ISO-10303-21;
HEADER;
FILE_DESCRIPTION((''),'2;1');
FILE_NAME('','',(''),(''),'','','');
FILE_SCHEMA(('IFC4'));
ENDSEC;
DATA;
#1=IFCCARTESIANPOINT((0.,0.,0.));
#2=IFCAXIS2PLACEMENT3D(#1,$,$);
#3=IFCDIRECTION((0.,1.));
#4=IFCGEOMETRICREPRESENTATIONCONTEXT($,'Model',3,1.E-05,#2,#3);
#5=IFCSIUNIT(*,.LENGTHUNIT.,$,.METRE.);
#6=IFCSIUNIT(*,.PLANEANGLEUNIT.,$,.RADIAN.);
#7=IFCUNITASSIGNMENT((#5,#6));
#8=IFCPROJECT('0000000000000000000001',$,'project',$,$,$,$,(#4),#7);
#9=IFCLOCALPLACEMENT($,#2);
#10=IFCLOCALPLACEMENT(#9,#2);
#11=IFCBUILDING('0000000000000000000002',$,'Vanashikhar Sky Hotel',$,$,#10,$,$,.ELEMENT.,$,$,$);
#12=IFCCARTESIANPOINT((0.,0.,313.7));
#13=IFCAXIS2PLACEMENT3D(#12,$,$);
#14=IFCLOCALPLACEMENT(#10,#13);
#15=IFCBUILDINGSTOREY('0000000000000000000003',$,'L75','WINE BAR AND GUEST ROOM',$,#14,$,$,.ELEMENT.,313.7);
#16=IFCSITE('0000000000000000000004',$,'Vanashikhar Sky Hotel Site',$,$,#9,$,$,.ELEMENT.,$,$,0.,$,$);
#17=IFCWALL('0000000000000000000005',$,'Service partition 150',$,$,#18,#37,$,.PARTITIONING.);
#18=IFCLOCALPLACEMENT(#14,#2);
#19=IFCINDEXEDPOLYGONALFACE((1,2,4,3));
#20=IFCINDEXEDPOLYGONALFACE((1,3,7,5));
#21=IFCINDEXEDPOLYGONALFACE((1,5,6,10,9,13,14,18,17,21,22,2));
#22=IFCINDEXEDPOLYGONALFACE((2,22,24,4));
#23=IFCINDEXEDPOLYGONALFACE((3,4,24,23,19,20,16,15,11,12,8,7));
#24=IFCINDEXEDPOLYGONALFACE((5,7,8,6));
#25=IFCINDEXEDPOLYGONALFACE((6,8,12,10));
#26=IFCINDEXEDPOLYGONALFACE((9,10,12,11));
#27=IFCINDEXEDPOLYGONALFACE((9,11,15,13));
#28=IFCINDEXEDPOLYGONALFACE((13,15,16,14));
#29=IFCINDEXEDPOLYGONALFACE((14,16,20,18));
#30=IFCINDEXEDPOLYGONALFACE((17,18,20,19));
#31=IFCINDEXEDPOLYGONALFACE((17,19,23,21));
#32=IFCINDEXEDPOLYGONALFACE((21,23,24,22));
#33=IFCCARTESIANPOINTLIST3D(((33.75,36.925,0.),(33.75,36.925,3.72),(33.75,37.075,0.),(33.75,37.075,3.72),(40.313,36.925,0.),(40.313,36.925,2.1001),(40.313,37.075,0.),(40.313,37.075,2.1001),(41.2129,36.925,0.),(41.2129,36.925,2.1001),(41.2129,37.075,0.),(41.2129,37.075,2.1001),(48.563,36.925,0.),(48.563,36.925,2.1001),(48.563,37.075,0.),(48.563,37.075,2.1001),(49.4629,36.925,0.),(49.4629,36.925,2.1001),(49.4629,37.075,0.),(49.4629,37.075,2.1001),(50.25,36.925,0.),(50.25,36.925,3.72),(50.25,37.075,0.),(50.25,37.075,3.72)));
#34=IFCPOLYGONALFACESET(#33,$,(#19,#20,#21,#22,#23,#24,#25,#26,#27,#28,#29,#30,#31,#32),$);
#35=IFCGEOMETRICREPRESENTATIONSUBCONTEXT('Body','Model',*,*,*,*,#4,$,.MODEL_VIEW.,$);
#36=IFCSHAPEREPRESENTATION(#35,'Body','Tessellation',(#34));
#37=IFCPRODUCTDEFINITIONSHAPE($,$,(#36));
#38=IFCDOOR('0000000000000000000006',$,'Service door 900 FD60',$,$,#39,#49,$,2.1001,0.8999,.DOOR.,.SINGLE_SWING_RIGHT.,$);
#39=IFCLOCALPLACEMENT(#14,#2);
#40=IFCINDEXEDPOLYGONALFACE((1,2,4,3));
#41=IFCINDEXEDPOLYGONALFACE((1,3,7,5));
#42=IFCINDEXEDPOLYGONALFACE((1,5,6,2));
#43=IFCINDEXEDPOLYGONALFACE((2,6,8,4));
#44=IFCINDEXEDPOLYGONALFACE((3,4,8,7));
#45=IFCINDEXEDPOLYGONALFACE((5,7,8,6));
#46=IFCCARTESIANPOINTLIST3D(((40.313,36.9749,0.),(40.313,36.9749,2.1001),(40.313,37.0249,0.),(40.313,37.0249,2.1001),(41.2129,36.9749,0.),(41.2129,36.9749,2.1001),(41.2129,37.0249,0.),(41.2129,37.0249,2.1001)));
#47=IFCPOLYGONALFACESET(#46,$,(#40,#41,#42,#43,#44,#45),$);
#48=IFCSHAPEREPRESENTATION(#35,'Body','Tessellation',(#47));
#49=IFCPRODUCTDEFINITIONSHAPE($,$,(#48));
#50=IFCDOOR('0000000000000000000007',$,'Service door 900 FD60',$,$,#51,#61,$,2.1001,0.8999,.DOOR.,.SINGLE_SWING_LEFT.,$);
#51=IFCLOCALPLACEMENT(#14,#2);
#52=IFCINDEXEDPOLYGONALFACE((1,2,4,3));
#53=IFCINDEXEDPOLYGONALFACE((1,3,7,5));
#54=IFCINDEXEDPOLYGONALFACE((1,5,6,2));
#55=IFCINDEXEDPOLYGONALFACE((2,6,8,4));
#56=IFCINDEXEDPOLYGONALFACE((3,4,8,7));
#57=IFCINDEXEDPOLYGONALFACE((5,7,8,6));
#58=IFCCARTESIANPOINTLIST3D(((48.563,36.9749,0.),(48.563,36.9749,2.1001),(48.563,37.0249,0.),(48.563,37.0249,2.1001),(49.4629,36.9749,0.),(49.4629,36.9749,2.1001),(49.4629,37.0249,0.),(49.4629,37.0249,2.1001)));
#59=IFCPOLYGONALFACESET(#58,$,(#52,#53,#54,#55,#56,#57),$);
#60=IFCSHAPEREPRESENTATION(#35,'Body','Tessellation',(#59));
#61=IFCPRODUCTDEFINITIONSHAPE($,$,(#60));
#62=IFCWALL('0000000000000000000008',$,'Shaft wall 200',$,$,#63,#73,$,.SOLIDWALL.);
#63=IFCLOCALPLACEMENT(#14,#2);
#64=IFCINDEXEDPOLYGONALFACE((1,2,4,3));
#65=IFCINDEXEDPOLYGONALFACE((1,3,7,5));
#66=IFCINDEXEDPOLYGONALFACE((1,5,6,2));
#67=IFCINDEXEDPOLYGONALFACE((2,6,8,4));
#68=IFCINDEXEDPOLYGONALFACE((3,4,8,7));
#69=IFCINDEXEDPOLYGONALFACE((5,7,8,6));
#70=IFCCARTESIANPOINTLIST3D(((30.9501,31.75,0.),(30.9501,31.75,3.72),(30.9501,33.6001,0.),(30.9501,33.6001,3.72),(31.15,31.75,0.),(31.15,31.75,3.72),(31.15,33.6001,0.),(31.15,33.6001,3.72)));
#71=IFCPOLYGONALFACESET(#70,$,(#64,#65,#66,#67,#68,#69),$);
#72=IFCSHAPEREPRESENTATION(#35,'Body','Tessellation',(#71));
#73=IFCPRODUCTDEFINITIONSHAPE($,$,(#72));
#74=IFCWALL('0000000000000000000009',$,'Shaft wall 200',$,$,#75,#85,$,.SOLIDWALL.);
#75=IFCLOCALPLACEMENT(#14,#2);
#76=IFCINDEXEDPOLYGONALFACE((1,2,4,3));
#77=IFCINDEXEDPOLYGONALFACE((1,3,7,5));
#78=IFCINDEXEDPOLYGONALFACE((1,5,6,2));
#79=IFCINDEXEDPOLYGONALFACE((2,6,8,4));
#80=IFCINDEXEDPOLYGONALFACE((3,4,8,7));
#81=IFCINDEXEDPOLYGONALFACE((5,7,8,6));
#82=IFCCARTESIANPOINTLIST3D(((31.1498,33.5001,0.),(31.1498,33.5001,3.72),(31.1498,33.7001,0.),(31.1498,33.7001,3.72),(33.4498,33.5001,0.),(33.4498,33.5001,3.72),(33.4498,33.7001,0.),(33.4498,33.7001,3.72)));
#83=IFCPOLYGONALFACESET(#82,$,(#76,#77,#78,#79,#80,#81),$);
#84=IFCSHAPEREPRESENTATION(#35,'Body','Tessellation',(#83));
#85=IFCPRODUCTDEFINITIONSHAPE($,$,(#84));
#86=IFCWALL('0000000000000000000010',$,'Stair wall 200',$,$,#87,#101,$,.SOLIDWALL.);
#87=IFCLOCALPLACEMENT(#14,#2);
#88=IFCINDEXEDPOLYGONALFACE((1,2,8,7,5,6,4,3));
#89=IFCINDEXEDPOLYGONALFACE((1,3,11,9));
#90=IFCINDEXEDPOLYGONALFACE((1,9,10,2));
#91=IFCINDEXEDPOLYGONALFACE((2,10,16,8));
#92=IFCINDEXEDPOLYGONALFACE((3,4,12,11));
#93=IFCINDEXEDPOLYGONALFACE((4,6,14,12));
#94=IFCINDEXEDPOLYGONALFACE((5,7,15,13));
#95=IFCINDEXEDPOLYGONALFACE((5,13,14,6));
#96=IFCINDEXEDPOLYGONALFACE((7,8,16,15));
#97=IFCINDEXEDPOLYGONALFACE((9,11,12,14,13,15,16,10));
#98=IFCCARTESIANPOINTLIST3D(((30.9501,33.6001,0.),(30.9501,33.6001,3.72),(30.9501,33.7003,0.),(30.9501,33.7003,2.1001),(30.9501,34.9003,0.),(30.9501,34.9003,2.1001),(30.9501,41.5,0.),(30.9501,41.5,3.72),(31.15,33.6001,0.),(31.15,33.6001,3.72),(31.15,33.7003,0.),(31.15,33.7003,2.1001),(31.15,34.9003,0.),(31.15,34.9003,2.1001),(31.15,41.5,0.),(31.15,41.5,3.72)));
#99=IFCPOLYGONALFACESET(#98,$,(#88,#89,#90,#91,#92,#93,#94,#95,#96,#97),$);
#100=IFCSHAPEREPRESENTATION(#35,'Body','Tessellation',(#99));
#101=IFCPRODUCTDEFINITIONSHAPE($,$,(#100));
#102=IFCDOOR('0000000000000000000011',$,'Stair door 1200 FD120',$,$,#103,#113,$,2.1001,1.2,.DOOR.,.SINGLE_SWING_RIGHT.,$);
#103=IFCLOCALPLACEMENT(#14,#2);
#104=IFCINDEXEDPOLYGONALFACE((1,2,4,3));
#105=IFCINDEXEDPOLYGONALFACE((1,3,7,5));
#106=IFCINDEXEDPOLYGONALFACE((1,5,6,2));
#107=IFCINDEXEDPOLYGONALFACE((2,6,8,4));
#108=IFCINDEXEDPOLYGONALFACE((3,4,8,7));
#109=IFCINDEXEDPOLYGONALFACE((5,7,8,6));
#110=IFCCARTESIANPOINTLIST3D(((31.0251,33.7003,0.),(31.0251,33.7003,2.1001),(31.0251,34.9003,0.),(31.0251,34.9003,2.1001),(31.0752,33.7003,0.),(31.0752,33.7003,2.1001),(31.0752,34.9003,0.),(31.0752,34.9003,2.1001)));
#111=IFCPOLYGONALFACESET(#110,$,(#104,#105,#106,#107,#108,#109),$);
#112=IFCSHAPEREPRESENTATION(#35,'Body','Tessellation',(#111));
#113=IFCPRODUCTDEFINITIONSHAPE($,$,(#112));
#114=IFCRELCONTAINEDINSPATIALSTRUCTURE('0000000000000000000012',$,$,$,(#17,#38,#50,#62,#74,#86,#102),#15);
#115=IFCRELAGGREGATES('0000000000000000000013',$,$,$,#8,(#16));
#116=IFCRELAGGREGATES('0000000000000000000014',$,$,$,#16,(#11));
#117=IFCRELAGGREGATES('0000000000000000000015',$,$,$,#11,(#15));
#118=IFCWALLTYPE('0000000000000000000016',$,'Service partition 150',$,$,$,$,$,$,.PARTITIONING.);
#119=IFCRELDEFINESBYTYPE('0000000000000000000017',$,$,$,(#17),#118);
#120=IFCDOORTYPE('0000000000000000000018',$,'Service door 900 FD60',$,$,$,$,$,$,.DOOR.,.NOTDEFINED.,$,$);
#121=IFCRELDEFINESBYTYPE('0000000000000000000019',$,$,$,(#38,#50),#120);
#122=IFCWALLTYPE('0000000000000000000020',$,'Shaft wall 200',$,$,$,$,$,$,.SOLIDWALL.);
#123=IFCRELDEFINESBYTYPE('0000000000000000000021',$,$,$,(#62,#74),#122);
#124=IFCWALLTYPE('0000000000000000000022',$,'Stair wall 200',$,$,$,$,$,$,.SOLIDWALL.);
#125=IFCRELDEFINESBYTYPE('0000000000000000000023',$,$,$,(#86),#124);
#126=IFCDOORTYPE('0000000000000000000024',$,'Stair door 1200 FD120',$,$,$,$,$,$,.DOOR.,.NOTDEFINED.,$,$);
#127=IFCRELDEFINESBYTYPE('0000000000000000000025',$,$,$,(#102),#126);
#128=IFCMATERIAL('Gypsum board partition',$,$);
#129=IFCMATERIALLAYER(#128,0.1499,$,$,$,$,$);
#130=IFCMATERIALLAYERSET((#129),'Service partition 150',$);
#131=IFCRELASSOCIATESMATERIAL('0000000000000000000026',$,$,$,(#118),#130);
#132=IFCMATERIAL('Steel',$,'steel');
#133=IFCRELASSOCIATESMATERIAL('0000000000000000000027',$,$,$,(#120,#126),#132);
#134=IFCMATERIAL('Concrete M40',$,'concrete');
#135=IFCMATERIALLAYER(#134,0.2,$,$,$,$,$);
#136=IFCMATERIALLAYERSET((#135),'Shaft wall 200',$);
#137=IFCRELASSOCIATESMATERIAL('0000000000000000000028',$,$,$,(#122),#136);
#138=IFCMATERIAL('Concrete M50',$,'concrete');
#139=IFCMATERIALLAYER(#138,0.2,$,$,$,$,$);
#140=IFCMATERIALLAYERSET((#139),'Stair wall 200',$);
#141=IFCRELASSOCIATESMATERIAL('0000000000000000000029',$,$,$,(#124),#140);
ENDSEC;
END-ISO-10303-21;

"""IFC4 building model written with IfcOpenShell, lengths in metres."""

from ifc_helpers import new_model, si_unit, direction, frame, frame_2d, origin, place, context, subcontext, project, spatial, rectangle, extrude, source, transform, mapped, material, layer, layer_set, type_object, element, fill, save


model = new_model("IFC4")

# Units and contexts
model_context = context("Model", 3, precision=1e-05, world=origin(), true_north=direction((0.0, 1.0)))
body_context = subcontext(model_context, "Body", "Model", "MODEL_VIEW")
ifc_project = project(units=[si_unit("LENGTHUNIT", "METRE"), si_unit("PLANEANGLEUNIT", "RADIAN")], contexts=[model_context])

# Site, building, storey
site_placement = place(None, origin())
site = spatial("IfcSite", under=ifc_project, at=site_placement, Name="Vanashikhar Sky Hotel Site", CompositionType="ELEMENT", RefElevation=0.0)
building_placement = place(site_placement, origin())
building = spatial("IfcBuilding", under=site, at=building_placement, Name="Vanashikhar Sky Hotel", CompositionType="ELEMENT")
storey_placement = place(building_placement, frame((0.0, 0.0, 313.7)))
storey = spatial("IfcBuildingStorey", under=building, at=storey_placement, Name="L75", Description="WINE BAR AND GUEST ROOM", CompositionType="ELEMENT", Elevation=313.7)

# Shared definitions
ifc_material_1 = material(Name="Concrete M50", Category="concrete")
ifc_material_2 = material(Name="Steel", Category="steel")

# Shared definitions
ifc_material_3 = material(Name="Gypsum board partition")
ifc_layer_1 = layer(ifc_material_3, 0.1499)
ifc_layer_set_1 = layer_set([ifc_layer_1], Name="Service partition 150")
wall_type_1 = type_object("IfcWallType", Name="Service partition 150", PredefinedType="PARTITIONING", material=ifc_layer_set_1)

# Wall, openings, doors
shared_shape_1 = source(origin(), body_context, "Body", "SweptSolid", [
    extrude(rectangle(XDim=0.8999, YDim=2.1001, at=frame_2d((0.45, 1.05))), frame((0.0, 0.085, 0.0), z_axis=(0.0, -1.0, 0.0), x_axis=(1.0, 0.0, 0.0)), (0.0, 0.0, 1.0), 0.1699),
])
door_type_1 = type_object("IfcDoorType", Name="Service door 900 FD60", OperationType="NOTDEFINED", PredefinedType="DOOR", material=ifc_material_2)
shared_shape_2 = source(origin(), body_context, "Body", "SweptSolid", [
    extrude(rectangle(XDim=0.8999, YDim=2.1001, at=frame_2d((0.45, 1.05))), frame((0.0, 0.0249, 0.0), z_axis=(0.0, -1.0, 0.0), x_axis=(1.0, 0.0, 0.0)), (0.0, 0.0, 1.0), 0.05),
])
shared_shape_3 = source(origin(), body_context, "Body", "SweptSolid", [
    extrude(rectangle(XDim=16.5, YDim=0.1499, at=frame_2d((8.25, 0.0))), origin(), (0.0, 0.0, 1.0), 3.72),
])
wall_1_placement = place(storey_placement, frame((33.75, 37.0, 0.0), z_axis=(0.0, 0.0, 1.0), x_axis=(1.0, 0.0, 0.0)))
wall_1 = element("IfcWall", 1, at=wall_1_placement, inside=storey, type_object=wall_type_1, Name="Service partition 150", PredefinedType="PARTITIONING", context=body_context, shape_type="MappedRepresentation", body=[
    mapped(shared_shape_3, transform((0.0, 0.0, 0.0), scale=1.0)),
])
opening_1_placement = place(wall_1_placement, frame((6.563, 0.0, 0.0)))
opening_1 = element("IfcOpeningElement", 2, at=opening_1_placement, cuts=wall_1, PredefinedType="OPENING", context=body_context, shape_type="MappedRepresentation", body=[
    mapped(shared_shape_1, transform((0.0, 0.0, 0.0), scale=1.0)),
])
opening_2_placement = place(wall_1_placement, frame((14.813, 0.0, 0.0)))
opening_2 = element("IfcOpeningElement", 3, at=opening_2_placement, cuts=wall_1, PredefinedType="OPENING", context=body_context, shape_type="MappedRepresentation", body=[
    mapped(shared_shape_1, transform((0.0, 0.0, 0.0), scale=1.0)),
])
door_1_placement = place(opening_1_placement, origin())
door_1 = element("IfcDoor", 4, at=door_1_placement, inside=storey, type_object=door_type_1, Name="Service door 900 FD60", OperationType="SINGLE_SWING_RIGHT", OverallHeight=2.1001, OverallWidth=0.8999, PredefinedType="DOOR", context=body_context, shape_type="MappedRepresentation", body=[
    mapped(shared_shape_2, transform((0.0, 0.0, 0.0), scale=1.0)),
])
fill(opening_1, door_1)
door_2_placement = place(opening_2_placement, origin())
door_2 = element("IfcDoor", 5, at=door_2_placement, inside=storey, type_object=door_type_1, Name="Service door 900 FD60", OperationType="SINGLE_SWING_LEFT", OverallHeight=2.1001, OverallWidth=0.8999, PredefinedType="DOOR", context=body_context, shape_type="MappedRepresentation", body=[
    mapped(shared_shape_2, transform((0.0, 0.0, 0.0), scale=1.0)),
])
fill(opening_2, door_2)

# Walls
ifc_material_4 = material(Name="Concrete M40", Category="concrete")
ifc_layer_2 = layer(ifc_material_4, 0.2)
ifc_layer_set_2 = layer_set([ifc_layer_2], Name="Shaft wall 200")
wall_type_2 = type_object("IfcWallType", Name="Shaft wall 200", PredefinedType="SOLIDWALL", material=ifc_layer_set_2)
shared_shape_4 = source(origin(), body_context, "Body", "SweptSolid", [
    extrude(rectangle(XDim=1.8501, YDim=0.2, at=frame_2d((0.925, 0.0))), origin(), (0.0, 0.0, 1.0), 3.72),
])
wall_2_placement = place(storey_placement, frame((31.05, 31.75, 0.0), z_axis=(0.0, 0.0, 1.0), x_axis=(0.0, 1.0, 0.0)))
element("IfcWall", 6, at=wall_2_placement, inside=storey, type_object=wall_type_2, Name="Shaft wall 200", PredefinedType="SOLIDWALL", context=body_context, shape_type="MappedRepresentation", body=[
    mapped(shared_shape_4, transform((0.0, 0.0, 0.0), scale=1.0)),
])
shared_shape_5 = source(origin(), body_context, "Body", "SweptSolid", [
    extrude(rectangle(XDim=2.3, YDim=0.2, at=frame_2d((1.1499, 0.0))), origin(), (0.0, 0.0, 1.0), 3.72),
])
wall_3_placement = place(storey_placement, frame((31.1499, 33.6001, 0.0), z_axis=(0.0, 0.0, 1.0), x_axis=(1.0, 0.0, 0.0)))
element("IfcWall", 7, at=wall_3_placement, inside=storey, type_object=wall_type_2, Name="Shaft wall 200", PredefinedType="SOLIDWALL", context=body_context, shape_type="MappedRepresentation", body=[
    mapped(shared_shape_5, transform((0.0, 0.0, 0.0), scale=1.0)),
])

# Wall, opening, door
ifc_layer_3 = layer(ifc_material_1, 0.2)
ifc_layer_set_3 = layer_set([ifc_layer_3], Name="Stair wall 200")
wall_type_3 = type_object("IfcWallType", Name="Stair wall 200", PredefinedType="SOLIDWALL", material=ifc_layer_set_3)
shared_shape_6 = source(origin(), body_context, "Body", "SweptSolid", [
    extrude(rectangle(XDim=7.8999, YDim=0.2, at=frame_2d((3.95, 0.0))), origin(), (0.0, 0.0, 1.0), 3.72),
])
wall_4_placement = place(storey_placement, frame((31.05, 33.6001, 0.0), z_axis=(0.0, 0.0, 1.0), x_axis=(0.0, 1.0, 0.0)))
wall_4 = element("IfcWall", 8, at=wall_4_placement, inside=storey, type_object=wall_type_3, Name="Stair wall 200", PredefinedType="SOLIDWALL", context=body_context, shape_type="MappedRepresentation", body=[
    mapped(shared_shape_6, transform((0.0, 0.0, 0.0), scale=1.0)),
])
shared_shape_7 = source(origin(), body_context, "Body", "SweptSolid", [
    extrude(rectangle(XDim=1.2, YDim=2.1001, at=frame_2d((0.6001, 1.05))), frame((0.0, 0.1099, 0.0), z_axis=(0.0, -1.0, 0.0), x_axis=(1.0, 0.0, 0.0)), (0.0, 0.0, 1.0), 0.22),
])
opening_3_placement = place(wall_4_placement, frame((0.1001, 0.0, 0.0)))
opening_3 = element("IfcOpeningElement", 9, at=opening_3_placement, cuts=wall_4, PredefinedType="OPENING", context=body_context, shape_type="MappedRepresentation", body=[
    mapped(shared_shape_7, transform((0.0, 0.0, 0.0), scale=1.0)),
])
door_type_2 = type_object("IfcDoorType", Name="Stair door 1200 FD120", OperationType="NOTDEFINED", PredefinedType="DOOR", material=ifc_material_2)
shared_shape_8 = source(origin(), body_context, "Body", "SweptSolid", [
    extrude(rectangle(XDim=1.2, YDim=2.1001, at=frame_2d((0.6001, 1.05))), frame((0.0, 0.0249, 0.0), z_axis=(0.0, -1.0, 0.0), x_axis=(1.0, 0.0, 0.0)), (0.0, 0.0, 1.0), 0.05),
])
door_3_placement = place(opening_3_placement, origin())
door_3 = element("IfcDoor", 10, at=door_3_placement, inside=storey, type_object=door_type_2, Name="Stair door 1200 FD120", OperationType="SINGLE_SWING_RIGHT", OverallHeight=2.1001, OverallWidth=1.2, PredefinedType="DOOR", context=body_context, shape_type="MappedRepresentation", body=[
    mapped(shared_shape_8, transform((0.0, 0.0, 0.0), scale=1.0)),
])
fill(opening_3, door_3)

save(model, "model.ifc")
